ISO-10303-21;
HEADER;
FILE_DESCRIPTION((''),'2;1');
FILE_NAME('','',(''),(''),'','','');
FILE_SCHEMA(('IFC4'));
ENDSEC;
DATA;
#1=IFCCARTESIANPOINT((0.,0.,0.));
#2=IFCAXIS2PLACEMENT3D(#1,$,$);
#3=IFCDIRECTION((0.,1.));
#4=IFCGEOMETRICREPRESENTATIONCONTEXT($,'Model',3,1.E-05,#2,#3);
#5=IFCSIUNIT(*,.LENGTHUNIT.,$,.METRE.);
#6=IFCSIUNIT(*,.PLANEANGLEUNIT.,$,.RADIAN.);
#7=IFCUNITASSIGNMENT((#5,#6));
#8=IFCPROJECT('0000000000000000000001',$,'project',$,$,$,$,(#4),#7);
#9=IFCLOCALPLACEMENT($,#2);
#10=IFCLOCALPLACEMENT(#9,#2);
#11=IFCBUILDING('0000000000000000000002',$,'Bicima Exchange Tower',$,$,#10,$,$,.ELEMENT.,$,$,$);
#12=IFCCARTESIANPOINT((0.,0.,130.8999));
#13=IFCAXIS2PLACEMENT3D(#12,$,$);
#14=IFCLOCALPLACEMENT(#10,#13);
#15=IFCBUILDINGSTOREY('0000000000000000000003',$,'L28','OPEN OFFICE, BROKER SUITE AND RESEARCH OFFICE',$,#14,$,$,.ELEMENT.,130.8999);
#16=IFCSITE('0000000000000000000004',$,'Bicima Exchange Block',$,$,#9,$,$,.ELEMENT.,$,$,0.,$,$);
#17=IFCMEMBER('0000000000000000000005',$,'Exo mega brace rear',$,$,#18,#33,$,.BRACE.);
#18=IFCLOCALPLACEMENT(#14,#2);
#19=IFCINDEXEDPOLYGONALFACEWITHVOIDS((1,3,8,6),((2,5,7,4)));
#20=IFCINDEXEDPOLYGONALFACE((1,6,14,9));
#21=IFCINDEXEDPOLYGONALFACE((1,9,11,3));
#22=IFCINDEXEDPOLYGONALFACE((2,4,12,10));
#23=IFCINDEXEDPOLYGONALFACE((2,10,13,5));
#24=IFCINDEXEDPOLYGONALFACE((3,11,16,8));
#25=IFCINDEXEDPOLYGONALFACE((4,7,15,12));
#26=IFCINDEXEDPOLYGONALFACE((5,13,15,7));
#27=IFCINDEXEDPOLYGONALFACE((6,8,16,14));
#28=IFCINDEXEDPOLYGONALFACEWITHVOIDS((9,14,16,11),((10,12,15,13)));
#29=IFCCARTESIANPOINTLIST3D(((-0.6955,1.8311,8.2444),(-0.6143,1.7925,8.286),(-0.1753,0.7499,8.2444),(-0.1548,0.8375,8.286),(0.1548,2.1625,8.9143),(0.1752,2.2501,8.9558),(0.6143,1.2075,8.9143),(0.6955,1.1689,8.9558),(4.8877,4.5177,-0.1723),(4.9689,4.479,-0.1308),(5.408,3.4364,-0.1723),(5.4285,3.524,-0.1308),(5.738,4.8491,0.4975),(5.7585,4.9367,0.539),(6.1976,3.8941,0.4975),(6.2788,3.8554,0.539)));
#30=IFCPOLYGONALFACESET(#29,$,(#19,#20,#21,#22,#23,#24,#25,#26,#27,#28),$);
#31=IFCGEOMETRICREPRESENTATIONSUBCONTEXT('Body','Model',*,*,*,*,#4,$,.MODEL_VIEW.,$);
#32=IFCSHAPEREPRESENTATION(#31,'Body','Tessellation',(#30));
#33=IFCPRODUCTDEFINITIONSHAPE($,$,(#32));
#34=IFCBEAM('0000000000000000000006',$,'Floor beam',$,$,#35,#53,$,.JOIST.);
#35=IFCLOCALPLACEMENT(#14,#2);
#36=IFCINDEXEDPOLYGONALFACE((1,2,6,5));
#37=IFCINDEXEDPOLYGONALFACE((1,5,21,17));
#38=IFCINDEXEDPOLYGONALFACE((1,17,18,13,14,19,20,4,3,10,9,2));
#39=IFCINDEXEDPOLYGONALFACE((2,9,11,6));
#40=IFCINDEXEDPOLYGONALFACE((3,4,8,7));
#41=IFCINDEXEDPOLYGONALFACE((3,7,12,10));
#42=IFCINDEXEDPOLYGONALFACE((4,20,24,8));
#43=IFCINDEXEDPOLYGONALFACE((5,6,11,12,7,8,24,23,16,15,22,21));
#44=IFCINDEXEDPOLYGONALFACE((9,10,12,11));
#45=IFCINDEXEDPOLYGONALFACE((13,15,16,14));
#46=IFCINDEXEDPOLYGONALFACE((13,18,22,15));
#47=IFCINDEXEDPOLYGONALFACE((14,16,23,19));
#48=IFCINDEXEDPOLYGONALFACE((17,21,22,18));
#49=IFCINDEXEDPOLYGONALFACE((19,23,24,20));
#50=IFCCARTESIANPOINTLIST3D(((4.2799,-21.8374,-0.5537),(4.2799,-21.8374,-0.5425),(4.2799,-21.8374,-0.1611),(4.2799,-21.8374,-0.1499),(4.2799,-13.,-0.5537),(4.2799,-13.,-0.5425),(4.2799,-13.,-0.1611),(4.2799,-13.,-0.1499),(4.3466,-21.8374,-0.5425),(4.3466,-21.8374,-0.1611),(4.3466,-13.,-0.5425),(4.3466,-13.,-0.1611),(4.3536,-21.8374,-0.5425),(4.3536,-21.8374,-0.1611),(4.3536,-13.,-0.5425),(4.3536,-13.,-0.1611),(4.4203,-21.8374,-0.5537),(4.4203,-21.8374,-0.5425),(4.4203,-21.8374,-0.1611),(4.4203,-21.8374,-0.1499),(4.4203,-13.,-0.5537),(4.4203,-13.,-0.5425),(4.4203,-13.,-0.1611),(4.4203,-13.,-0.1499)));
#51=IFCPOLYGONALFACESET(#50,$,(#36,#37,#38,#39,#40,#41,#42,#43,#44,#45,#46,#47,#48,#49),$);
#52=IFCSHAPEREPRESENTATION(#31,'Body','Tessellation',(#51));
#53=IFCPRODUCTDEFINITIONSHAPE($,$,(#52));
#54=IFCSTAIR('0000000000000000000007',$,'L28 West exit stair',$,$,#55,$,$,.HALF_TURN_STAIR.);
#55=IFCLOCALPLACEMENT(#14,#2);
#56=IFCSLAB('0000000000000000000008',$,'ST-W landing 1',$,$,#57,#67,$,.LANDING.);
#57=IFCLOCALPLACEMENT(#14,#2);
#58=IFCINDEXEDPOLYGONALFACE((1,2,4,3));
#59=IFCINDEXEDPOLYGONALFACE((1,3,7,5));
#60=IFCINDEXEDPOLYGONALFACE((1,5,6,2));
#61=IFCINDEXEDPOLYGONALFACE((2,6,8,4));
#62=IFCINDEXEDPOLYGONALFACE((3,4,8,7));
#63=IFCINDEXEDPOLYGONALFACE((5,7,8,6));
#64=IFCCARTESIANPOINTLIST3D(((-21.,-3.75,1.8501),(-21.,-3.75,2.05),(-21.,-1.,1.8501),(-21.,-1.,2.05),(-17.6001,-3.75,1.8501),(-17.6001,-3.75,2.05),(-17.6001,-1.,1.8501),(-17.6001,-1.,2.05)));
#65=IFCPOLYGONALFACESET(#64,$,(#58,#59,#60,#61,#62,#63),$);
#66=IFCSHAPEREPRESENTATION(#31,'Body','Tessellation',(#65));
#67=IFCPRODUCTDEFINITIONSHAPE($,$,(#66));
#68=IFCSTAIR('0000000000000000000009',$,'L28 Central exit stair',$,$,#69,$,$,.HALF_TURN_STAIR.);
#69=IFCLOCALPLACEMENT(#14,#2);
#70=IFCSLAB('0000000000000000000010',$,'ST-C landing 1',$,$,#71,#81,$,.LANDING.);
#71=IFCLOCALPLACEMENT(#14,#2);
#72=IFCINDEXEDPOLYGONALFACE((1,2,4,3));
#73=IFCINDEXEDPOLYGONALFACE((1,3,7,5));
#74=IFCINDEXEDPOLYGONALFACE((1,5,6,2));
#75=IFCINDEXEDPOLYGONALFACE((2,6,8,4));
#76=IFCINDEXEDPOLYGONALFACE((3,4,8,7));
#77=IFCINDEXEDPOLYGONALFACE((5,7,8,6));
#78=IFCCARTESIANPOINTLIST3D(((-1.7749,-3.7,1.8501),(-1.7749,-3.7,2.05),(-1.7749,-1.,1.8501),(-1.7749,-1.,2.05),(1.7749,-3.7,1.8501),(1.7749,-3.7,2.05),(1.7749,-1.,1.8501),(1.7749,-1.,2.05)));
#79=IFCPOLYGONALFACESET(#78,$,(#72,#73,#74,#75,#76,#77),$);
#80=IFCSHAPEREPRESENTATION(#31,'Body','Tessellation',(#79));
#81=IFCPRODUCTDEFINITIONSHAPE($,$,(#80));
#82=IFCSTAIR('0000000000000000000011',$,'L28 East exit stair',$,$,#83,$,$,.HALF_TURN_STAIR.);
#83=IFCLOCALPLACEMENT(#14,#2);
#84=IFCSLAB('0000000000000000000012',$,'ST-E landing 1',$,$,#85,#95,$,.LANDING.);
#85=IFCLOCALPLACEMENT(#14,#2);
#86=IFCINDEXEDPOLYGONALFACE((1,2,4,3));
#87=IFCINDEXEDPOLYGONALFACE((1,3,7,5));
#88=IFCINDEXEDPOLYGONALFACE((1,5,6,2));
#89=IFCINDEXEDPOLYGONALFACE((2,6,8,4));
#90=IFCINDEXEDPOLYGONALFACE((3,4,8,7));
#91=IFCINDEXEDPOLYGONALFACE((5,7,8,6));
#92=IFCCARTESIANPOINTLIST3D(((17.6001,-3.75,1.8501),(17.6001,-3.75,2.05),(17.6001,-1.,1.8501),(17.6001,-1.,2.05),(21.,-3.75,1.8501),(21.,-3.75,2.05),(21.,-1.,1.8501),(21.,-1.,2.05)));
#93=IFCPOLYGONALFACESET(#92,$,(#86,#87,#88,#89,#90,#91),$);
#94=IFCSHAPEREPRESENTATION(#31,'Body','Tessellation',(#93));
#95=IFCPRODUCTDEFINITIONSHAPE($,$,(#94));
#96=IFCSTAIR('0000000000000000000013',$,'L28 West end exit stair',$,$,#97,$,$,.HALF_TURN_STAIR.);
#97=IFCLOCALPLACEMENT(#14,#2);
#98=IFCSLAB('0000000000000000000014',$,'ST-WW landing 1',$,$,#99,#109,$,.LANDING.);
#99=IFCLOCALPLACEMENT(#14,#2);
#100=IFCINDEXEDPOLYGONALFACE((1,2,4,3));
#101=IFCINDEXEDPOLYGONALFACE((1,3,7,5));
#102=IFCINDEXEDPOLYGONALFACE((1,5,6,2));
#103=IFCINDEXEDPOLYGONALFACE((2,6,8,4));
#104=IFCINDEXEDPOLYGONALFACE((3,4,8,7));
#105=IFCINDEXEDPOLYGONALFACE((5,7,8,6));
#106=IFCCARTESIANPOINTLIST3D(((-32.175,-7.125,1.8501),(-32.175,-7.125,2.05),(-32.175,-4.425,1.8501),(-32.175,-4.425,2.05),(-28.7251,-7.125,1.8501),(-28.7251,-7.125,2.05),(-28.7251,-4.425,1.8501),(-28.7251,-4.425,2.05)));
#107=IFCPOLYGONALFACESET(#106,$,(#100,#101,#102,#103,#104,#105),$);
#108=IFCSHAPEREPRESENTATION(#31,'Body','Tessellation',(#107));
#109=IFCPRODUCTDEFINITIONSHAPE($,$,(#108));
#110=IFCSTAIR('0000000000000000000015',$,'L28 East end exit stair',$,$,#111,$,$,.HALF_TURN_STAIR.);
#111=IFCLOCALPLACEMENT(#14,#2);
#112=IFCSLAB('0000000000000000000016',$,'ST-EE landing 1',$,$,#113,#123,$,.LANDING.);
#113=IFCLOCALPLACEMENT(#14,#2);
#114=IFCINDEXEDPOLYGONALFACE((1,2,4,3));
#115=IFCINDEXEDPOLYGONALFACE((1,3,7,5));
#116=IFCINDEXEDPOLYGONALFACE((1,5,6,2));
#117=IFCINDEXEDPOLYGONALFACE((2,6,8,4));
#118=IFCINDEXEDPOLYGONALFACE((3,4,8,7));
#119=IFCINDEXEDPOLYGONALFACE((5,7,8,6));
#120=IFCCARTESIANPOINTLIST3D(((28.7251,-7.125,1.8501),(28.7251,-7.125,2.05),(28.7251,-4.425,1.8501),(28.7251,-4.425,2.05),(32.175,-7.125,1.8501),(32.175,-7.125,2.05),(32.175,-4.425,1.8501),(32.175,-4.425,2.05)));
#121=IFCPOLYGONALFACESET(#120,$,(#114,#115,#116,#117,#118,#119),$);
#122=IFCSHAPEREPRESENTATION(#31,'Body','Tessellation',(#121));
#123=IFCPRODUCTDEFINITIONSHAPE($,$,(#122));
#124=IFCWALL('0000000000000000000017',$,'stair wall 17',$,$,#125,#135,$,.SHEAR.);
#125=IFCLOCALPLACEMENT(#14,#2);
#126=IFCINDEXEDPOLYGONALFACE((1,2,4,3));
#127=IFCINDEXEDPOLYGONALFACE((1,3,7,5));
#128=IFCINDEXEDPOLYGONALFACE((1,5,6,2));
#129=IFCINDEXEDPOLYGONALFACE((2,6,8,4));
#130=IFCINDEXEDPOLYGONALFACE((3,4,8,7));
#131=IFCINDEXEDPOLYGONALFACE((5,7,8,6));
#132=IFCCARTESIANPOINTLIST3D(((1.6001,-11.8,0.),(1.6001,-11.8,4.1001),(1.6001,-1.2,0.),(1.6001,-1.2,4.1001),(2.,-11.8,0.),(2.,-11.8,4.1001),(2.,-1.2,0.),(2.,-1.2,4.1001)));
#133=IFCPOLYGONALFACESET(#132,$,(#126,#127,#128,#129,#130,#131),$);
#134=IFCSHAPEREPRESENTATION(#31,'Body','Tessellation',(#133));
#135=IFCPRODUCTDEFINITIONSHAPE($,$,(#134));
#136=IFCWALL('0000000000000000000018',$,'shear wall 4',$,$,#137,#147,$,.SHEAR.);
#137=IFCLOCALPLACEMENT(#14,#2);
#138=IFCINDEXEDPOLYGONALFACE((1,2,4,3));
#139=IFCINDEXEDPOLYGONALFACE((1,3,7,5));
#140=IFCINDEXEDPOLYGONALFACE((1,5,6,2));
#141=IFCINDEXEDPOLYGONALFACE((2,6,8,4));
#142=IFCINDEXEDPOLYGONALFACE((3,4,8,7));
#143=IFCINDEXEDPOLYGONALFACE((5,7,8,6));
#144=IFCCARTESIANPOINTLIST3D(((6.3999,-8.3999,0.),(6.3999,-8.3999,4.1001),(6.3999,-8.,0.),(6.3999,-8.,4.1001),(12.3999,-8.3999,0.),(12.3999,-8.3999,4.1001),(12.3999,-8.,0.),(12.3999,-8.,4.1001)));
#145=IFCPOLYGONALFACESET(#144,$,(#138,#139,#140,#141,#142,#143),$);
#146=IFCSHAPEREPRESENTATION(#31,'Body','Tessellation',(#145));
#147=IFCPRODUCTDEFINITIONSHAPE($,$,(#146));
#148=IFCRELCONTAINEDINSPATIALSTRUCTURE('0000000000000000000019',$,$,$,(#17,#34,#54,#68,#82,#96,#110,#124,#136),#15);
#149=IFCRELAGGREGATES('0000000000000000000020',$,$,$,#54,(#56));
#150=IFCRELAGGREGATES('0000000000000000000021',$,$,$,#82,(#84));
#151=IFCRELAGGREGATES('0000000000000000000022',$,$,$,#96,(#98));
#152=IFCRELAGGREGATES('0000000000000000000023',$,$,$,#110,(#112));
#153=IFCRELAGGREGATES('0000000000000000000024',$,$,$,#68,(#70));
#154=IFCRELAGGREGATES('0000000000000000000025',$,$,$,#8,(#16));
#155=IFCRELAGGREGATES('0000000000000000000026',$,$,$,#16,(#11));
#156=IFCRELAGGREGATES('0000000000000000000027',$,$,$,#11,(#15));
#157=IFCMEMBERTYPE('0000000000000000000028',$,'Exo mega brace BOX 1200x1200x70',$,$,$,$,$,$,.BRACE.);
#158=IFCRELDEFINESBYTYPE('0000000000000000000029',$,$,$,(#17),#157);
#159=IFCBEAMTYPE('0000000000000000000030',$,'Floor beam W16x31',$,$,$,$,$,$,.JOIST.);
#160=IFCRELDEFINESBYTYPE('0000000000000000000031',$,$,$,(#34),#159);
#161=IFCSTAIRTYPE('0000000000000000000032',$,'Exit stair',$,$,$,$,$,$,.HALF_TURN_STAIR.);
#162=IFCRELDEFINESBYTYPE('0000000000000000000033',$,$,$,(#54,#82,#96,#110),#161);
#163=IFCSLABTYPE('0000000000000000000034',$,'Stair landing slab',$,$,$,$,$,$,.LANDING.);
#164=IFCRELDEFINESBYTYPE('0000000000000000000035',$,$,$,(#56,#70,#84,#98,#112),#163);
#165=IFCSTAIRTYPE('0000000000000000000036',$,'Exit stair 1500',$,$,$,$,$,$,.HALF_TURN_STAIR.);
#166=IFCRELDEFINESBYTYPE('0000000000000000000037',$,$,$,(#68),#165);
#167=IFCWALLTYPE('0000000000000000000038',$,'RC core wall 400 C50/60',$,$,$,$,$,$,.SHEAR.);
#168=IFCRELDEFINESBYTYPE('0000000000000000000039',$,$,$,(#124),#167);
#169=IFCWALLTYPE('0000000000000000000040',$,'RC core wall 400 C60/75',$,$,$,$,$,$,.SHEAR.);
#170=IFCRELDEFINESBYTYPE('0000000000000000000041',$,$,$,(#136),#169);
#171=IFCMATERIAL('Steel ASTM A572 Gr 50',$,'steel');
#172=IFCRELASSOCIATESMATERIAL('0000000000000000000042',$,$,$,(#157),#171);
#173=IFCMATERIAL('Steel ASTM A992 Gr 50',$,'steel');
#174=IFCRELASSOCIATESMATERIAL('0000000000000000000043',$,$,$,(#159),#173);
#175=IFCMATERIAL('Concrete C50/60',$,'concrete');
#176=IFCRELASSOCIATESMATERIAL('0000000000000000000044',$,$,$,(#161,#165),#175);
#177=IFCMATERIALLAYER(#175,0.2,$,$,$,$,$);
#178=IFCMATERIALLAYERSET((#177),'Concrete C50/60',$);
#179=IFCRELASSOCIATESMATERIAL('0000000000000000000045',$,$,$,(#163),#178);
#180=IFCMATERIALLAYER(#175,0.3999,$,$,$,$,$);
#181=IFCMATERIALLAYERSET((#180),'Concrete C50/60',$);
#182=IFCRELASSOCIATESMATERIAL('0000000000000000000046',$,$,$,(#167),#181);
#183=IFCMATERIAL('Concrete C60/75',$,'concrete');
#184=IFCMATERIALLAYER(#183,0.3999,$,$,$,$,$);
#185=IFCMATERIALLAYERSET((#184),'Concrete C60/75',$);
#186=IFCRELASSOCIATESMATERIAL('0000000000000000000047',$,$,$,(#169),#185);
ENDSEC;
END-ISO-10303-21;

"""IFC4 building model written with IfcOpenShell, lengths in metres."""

from ifc_helpers import new_model, si_unit, direction, frame, frame_2d, origin, origin_2d, place, context, subcontext, project, spatial, polyline, rectangle, hollow_rectangle, i_section, outline, extrude, material, layer, layer_set, material_profile, profile_set, type_object, element, aggregate, save


model = new_model("IFC4")

# Units and contexts
model_context = context("Model", 3, precision=1e-05, world=origin(), true_north=direction((0.0, 1.0)))
body_context = subcontext(model_context, "Body", "Model", "MODEL_VIEW")
ifc_project = project(units=[si_unit("LENGTHUNIT", "METRE"), si_unit("PLANEANGLEUNIT", "RADIAN")], contexts=[model_context])

# Site, building, storey
site_placement = place(None, origin())
site = spatial("IfcSite", under=ifc_project, at=site_placement, Name="Bicima Exchange Block", CompositionType="ELEMENT", RefElevation=0.0)
building_placement = place(site_placement, origin())
building = spatial("IfcBuilding", under=site, at=building_placement, Name="Bicima Exchange Tower", CompositionType="ELEMENT")
storey_placement = place(building_placement, frame((0.0, 0.0, 130.8999)))
storey = spatial("IfcBuildingStorey", under=building, at=storey_placement, Name="L28", Description="OPEN OFFICE, BROKER SUITE AND RESEARCH OFFICE", CompositionType="ELEMENT", Elevation=130.8999)

# Member
ifc_material_1 = material(Name="Steel ASTM A572 Gr 50", Category="steel")
ifc_material_profile_1 = material_profile(ifc_material_1, hollow_rectangle(XDim=1.2, YDim=1.2, WallThickness=0.0701, at=origin_2d()))
ifc_profile_set_1 = profile_set([ifc_material_profile_1], Name="Steel ASTM A572 Gr 50")
member_type = type_object("IfcMemberType", Name="Exo mega brace BOX 1200x1200x70", PredefinedType="BRACE", material=ifc_profile_set_1)
member_placement = place(storey_placement, frame((5.5833, 4.1865, 0.1833), z_axis=(-0.534211, -0.257049, 0.805323), x_axis=(0.433592, -0.901109, 0.0)))
element("IfcMember", 1, at=member_placement, inside=storey, type_object=member_type, Name="Exo mega brace rear", PredefinedType="BRACE", context=body_context, shape_type="SweptSolid", body=[
    extrude(hollow_rectangle(XDim=1.2, YDim=1.2, WallThickness=0.0701, at=origin_2d()), origin(), (0.0, 0.0, 1.0), 10.4514),
])

# Beam
ifc_material_2 = material(Name="Steel ASTM A992 Gr 50", Category="steel")
ifc_material_profile_2 = material_profile(ifc_material_2, i_section(OverallWidth=0.1404, OverallDepth=0.4038, WebThickness=0.0071, FlangeThickness=0.0112, at=origin_2d()))
ifc_profile_set_2 = profile_set([ifc_material_profile_2], Name="Steel ASTM A992 Gr 50")
beam_type = type_object("IfcBeamType", Name="Floor beam W16x31", PredefinedType="JOIST", material=ifc_profile_set_2)
beam_placement = place(storey_placement, frame((4.3501, -13.0, -0.3518), z_axis=(0.0, -1.0, 0.0), x_axis=(1.0, 0.0, 0.0)))
element("IfcBeam", 2, at=beam_placement, inside=storey, type_object=beam_type, Name="Floor beam", PredefinedType="JOIST", context=body_context, shape_type="SweptSolid", body=[
    extrude(i_section(OverallWidth=0.1404, OverallDepth=0.4038, WebThickness=0.0071, FlangeThickness=0.0112, at=origin_2d()), origin(), (0.0, 0.0, 1.0), 8.8374),
])

# Stairs, slabs
ifc_material_3 = material(Name="Concrete C50/60", Category="concrete")
stair_type_1 = type_object("IfcStairType", Name="Exit stair", PredefinedType="HALF_TURN_STAIR", material=ifc_material_3)
stair_1_placement = place(storey_placement, origin())
stair_1 = element("IfcStair", 3, at=stair_1_placement, inside=storey, type_object=stair_type_1, Name="L28 West exit stair", PredefinedType="HALF_TURN_STAIR")
ifc_layer_1 = layer(ifc_material_3, 0.2)
ifc_layer_set_1 = layer_set([ifc_layer_1], Name="Concrete C50/60")
slab_type = type_object("IfcSlabType", Name="Stair landing slab", PredefinedType="LANDING", material=ifc_layer_set_1)
slab_1_placement = place(storey_placement, frame((0.0, 0.0, 1.8501)))
slab_1 = element("IfcSlab", 4, at=slab_1_placement, type_object=slab_type, Name="ST-W landing 1", PredefinedType="LANDING", context=body_context, shape_type="SweptSolid", body=[
    extrude(outline(polyline([(-17.6001, -3.75), (-17.6001, -1.0), (-21.0, -1.0), (-21.0, -3.75), (-17.6001, -3.75)])), origin(), (0.0, 0.0, 1.0), 0.2),
])
aggregate(stair_1, [slab_1])
stair_type_2 = type_object("IfcStairType", Name="Exit stair 1500", PredefinedType="HALF_TURN_STAIR", material=ifc_material_3)
stair_2_placement = place(storey_placement, origin())
stair_2 = element("IfcStair", 5, at=stair_2_placement, inside=storey, type_object=stair_type_2, Name="L28 Central exit stair", PredefinedType="HALF_TURN_STAIR")
slab_2_placement = place(storey_placement, frame((0.0, 0.0, 1.8501)))
slab_2 = element("IfcSlab", 6, at=slab_2_placement, type_object=slab_type, Name="ST-C landing 1", PredefinedType="LANDING", context=body_context, shape_type="SweptSolid", body=[
    extrude(outline(polyline([(1.7749, -3.7), (1.7749, -1.0), (-1.7749, -1.0), (-1.7749, -3.7), (1.7749, -3.7)])), origin(), (0.0, 0.0, 1.0), 0.2),
])
stair_3_placement = place(storey_placement, origin())
stair_3 = element("IfcStair", 7, at=stair_3_placement, inside=storey, type_object=stair_type_1, Name="L28 East exit stair", PredefinedType="HALF_TURN_STAIR")
slab_3_placement = place(storey_placement, frame((0.0, 0.0, 1.8501)))
slab_3 = element("IfcSlab", 8, at=slab_3_placement, type_object=slab_type, Name="ST-E landing 1", PredefinedType="LANDING", context=body_context, shape_type="SweptSolid", body=[
    extrude(outline(polyline([(21.0, -3.75), (21.0, -1.0), (17.6001, -1.0), (17.6001, -3.75), (21.0, -3.75)])), origin(), (0.0, 0.0, 1.0), 0.2),
])
aggregate(stair_3, [slab_3])
stair_4_placement = place(storey_placement, origin())
stair_4 = element("IfcStair", 9, at=stair_4_placement, inside=storey, type_object=stair_type_1, Name="L28 West end exit stair", PredefinedType="HALF_TURN_STAIR")
slab_4_placement = place(storey_placement, frame((0.0, 0.0, 1.8501)))
slab_4 = element("IfcSlab", 10, at=slab_4_placement, type_object=slab_type, Name="ST-WW landing 1", PredefinedType="LANDING", context=body_context, shape_type="SweptSolid", body=[
    extrude(outline(polyline([(-28.7251, -7.125), (-28.7251, -4.425), (-32.175, -4.425), (-32.175, -7.125), (-28.7251, -7.125)])), origin(), (0.0, 0.0, 1.0), 0.2),
])
aggregate(stair_4, [slab_4])
stair_5_placement = place(storey_placement, origin())
stair_5 = element("IfcStair", 11, at=stair_5_placement, inside=storey, type_object=stair_type_1, Name="L28 East end exit stair", PredefinedType="HALF_TURN_STAIR")
slab_5_placement = place(storey_placement, frame((0.0, 0.0, 1.8501)))
slab_5 = element("IfcSlab", 12, at=slab_5_placement, type_object=slab_type, Name="ST-EE landing 1", PredefinedType="LANDING", context=body_context, shape_type="SweptSolid", body=[
    extrude(outline(polyline([(32.175, -7.125), (32.175, -4.425), (28.7251, -4.425), (28.7251, -7.125), (32.175, -7.125)])), origin(), (0.0, 0.0, 1.0), 0.2),
])
aggregate(stair_5, [slab_5])

# Walls
ifc_layer_2 = layer(ifc_material_3, 0.3999)
ifc_layer_set_2 = layer_set([ifc_layer_2], Name="Concrete C50/60")
wall_type_1 = type_object("IfcWallType", Name="RC core wall 400 C50/60", PredefinedType="SHEAR", material=ifc_layer_set_2)
wall_1_placement = place(storey_placement, frame((1.8, -11.8, 0.0), z_axis=(0.0, 0.0, 1.0), x_axis=(0.0, 1.0, 0.0)))
element("IfcWall", 13, at=wall_1_placement, inside=storey, type_object=wall_type_1, Name="stair wall 17", PredefinedType="SHEAR", context=body_context, shape_type="SweptSolid", body=[
    extrude(rectangle(XDim=10.6001, YDim=0.3999, at=frame_2d((5.3, 0.0))), origin(), (0.0, 0.0, 1.0), 4.1001),
])
ifc_material_4 = material(Name="Concrete C60/75", Category="concrete")
ifc_layer_3 = layer(ifc_material_4, 0.3999)
ifc_layer_set_3 = layer_set([ifc_layer_3], Name="Concrete C60/75")
wall_type_2 = type_object("IfcWallType", Name="RC core wall 400 C60/75", PredefinedType="SHEAR", material=ifc_layer_set_3)
wall_2_placement = place(storey_placement, frame((6.3999, -8.2, 0.0), z_axis=(0.0, 0.0, 1.0), x_axis=(1.0, 0.0, 0.0)))
element("IfcWall", 14, at=wall_2_placement, inside=storey, type_object=wall_type_2, Name="shear wall 4", PredefinedType="SHEAR", context=body_context, shape_type="SweptSolid", body=[
    extrude(rectangle(XDim=6.0, YDim=0.3999, at=frame_2d((3.0, 0.0))), origin(), (0.0, 0.0, 1.0), 4.1001),
])

aggregate(stair_2, [slab_2])

save(model, "model.ifc")
